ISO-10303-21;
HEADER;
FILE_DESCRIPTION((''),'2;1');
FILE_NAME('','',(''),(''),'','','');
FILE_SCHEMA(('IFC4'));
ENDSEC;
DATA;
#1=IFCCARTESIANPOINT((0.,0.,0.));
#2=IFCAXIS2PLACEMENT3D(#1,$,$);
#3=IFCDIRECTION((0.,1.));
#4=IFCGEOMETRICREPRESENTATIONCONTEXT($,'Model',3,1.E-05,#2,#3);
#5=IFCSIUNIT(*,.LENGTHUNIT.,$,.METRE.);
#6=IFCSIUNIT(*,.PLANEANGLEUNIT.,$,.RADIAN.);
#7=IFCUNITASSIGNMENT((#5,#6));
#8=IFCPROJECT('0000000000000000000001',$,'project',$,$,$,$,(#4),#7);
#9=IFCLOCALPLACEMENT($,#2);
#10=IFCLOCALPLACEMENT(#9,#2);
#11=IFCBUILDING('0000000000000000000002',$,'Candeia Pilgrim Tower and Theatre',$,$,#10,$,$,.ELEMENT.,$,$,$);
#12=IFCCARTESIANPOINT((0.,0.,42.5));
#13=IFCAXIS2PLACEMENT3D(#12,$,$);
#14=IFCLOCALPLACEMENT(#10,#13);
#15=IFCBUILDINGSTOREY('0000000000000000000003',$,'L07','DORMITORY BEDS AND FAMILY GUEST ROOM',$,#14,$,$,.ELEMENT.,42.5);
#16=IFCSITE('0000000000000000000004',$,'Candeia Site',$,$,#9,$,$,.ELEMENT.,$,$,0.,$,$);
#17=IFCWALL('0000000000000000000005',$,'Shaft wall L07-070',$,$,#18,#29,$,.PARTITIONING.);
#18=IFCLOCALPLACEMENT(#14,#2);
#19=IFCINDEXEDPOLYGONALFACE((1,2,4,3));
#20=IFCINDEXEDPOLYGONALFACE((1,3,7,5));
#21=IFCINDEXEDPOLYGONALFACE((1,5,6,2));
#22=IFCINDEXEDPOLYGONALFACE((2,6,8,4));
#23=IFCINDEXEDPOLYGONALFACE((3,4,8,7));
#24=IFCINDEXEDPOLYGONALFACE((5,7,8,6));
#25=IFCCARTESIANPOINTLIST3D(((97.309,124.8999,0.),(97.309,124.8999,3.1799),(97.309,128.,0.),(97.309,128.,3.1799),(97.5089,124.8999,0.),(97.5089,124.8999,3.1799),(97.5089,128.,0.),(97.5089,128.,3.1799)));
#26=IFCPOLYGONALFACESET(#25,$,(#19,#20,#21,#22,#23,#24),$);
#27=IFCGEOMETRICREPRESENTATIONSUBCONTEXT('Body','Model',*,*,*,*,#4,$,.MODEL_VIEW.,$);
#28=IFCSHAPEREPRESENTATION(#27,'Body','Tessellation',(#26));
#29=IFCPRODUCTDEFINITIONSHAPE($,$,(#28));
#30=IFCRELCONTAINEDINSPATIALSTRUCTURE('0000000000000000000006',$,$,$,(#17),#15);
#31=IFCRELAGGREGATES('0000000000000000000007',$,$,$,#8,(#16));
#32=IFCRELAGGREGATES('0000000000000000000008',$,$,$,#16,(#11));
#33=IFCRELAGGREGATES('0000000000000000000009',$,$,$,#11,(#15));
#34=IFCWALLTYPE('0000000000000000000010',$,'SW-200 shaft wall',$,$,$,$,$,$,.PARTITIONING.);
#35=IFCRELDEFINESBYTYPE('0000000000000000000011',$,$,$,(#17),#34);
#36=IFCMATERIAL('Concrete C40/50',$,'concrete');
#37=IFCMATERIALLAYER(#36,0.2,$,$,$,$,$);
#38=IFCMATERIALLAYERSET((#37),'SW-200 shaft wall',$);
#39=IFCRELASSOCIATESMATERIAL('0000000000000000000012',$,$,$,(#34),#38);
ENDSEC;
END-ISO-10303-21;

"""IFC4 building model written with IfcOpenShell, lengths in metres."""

from ifc_helpers import new_model, si_unit, direction, frame, frame_2d, origin, place, context, subcontext, project, spatial, rectangle, extrude, material, layer, layer_set, type_object, element, save


model = new_model("IFC4")

# Units and contexts
model_context = context("Model", 3, precision=1e-05, world=origin(), true_north=direction((0.0, 1.0)))
body_context = subcontext(model_context, "Body", "Model", "MODEL_VIEW")
ifc_project = project(units=[si_unit("LENGTHUNIT", "METRE"), si_unit("PLANEANGLEUNIT", "RADIAN")], contexts=[model_context])

# Site, building, storey
site_placement = place(None, origin())
site = spatial("IfcSite", under=ifc_project, at=site_placement, Name="Candeia Site", CompositionType="ELEMENT", RefElevation=0.0)
building_placement = place(site_placement, origin())
building = spatial("IfcBuilding", under=site, at=building_placement, Name="Candeia Pilgrim Tower and Theatre", CompositionType="ELEMENT")
storey_placement = place(building_placement, frame((0.0, 0.0, 42.5)))
storey = spatial("IfcBuildingStorey", under=building, at=storey_placement, Name="L07", Description="DORMITORY BEDS AND FAMILY GUEST ROOM", CompositionType="ELEMENT", Elevation=42.5)

# Shared definitions
ifc_material_1 = material(Name="Concrete C40/50", Category="concrete")
ifc_layer_1 = layer(ifc_material_1, 0.2)
ifc_layer_set_1 = layer_set([ifc_layer_1], Name="SW-200 shaft wall")
wall_type_1 = type_object("IfcWallType", Name="SW-200 shaft wall", PredefinedType="PARTITIONING", material=ifc_layer_set_1)

# Wall
for number, where, z_axis, x_axis, name in (
    (1, (97.4089, 124.8999, 0.0), (0.0, 0.0, 1.0), (0.0, 1.0, 0.0), "Shaft wall L07-070"),
):
    element("IfcWall", number, at=place(storey_placement, frame(where, z_axis=z_axis, x_axis=x_axis)), inside=storey, type_object=wall_type_1, Name=name, PredefinedType="PARTITIONING", context=body_context, shape_type="SweptSolid", body=[
        extrude(rectangle(XDim=3.1001, YDim=0.2, at=frame_2d((1.55, 0.0))), origin(), (0.0, 0.0, 1.0), 3.1799),
    ])

save(model, "model.ifc")
